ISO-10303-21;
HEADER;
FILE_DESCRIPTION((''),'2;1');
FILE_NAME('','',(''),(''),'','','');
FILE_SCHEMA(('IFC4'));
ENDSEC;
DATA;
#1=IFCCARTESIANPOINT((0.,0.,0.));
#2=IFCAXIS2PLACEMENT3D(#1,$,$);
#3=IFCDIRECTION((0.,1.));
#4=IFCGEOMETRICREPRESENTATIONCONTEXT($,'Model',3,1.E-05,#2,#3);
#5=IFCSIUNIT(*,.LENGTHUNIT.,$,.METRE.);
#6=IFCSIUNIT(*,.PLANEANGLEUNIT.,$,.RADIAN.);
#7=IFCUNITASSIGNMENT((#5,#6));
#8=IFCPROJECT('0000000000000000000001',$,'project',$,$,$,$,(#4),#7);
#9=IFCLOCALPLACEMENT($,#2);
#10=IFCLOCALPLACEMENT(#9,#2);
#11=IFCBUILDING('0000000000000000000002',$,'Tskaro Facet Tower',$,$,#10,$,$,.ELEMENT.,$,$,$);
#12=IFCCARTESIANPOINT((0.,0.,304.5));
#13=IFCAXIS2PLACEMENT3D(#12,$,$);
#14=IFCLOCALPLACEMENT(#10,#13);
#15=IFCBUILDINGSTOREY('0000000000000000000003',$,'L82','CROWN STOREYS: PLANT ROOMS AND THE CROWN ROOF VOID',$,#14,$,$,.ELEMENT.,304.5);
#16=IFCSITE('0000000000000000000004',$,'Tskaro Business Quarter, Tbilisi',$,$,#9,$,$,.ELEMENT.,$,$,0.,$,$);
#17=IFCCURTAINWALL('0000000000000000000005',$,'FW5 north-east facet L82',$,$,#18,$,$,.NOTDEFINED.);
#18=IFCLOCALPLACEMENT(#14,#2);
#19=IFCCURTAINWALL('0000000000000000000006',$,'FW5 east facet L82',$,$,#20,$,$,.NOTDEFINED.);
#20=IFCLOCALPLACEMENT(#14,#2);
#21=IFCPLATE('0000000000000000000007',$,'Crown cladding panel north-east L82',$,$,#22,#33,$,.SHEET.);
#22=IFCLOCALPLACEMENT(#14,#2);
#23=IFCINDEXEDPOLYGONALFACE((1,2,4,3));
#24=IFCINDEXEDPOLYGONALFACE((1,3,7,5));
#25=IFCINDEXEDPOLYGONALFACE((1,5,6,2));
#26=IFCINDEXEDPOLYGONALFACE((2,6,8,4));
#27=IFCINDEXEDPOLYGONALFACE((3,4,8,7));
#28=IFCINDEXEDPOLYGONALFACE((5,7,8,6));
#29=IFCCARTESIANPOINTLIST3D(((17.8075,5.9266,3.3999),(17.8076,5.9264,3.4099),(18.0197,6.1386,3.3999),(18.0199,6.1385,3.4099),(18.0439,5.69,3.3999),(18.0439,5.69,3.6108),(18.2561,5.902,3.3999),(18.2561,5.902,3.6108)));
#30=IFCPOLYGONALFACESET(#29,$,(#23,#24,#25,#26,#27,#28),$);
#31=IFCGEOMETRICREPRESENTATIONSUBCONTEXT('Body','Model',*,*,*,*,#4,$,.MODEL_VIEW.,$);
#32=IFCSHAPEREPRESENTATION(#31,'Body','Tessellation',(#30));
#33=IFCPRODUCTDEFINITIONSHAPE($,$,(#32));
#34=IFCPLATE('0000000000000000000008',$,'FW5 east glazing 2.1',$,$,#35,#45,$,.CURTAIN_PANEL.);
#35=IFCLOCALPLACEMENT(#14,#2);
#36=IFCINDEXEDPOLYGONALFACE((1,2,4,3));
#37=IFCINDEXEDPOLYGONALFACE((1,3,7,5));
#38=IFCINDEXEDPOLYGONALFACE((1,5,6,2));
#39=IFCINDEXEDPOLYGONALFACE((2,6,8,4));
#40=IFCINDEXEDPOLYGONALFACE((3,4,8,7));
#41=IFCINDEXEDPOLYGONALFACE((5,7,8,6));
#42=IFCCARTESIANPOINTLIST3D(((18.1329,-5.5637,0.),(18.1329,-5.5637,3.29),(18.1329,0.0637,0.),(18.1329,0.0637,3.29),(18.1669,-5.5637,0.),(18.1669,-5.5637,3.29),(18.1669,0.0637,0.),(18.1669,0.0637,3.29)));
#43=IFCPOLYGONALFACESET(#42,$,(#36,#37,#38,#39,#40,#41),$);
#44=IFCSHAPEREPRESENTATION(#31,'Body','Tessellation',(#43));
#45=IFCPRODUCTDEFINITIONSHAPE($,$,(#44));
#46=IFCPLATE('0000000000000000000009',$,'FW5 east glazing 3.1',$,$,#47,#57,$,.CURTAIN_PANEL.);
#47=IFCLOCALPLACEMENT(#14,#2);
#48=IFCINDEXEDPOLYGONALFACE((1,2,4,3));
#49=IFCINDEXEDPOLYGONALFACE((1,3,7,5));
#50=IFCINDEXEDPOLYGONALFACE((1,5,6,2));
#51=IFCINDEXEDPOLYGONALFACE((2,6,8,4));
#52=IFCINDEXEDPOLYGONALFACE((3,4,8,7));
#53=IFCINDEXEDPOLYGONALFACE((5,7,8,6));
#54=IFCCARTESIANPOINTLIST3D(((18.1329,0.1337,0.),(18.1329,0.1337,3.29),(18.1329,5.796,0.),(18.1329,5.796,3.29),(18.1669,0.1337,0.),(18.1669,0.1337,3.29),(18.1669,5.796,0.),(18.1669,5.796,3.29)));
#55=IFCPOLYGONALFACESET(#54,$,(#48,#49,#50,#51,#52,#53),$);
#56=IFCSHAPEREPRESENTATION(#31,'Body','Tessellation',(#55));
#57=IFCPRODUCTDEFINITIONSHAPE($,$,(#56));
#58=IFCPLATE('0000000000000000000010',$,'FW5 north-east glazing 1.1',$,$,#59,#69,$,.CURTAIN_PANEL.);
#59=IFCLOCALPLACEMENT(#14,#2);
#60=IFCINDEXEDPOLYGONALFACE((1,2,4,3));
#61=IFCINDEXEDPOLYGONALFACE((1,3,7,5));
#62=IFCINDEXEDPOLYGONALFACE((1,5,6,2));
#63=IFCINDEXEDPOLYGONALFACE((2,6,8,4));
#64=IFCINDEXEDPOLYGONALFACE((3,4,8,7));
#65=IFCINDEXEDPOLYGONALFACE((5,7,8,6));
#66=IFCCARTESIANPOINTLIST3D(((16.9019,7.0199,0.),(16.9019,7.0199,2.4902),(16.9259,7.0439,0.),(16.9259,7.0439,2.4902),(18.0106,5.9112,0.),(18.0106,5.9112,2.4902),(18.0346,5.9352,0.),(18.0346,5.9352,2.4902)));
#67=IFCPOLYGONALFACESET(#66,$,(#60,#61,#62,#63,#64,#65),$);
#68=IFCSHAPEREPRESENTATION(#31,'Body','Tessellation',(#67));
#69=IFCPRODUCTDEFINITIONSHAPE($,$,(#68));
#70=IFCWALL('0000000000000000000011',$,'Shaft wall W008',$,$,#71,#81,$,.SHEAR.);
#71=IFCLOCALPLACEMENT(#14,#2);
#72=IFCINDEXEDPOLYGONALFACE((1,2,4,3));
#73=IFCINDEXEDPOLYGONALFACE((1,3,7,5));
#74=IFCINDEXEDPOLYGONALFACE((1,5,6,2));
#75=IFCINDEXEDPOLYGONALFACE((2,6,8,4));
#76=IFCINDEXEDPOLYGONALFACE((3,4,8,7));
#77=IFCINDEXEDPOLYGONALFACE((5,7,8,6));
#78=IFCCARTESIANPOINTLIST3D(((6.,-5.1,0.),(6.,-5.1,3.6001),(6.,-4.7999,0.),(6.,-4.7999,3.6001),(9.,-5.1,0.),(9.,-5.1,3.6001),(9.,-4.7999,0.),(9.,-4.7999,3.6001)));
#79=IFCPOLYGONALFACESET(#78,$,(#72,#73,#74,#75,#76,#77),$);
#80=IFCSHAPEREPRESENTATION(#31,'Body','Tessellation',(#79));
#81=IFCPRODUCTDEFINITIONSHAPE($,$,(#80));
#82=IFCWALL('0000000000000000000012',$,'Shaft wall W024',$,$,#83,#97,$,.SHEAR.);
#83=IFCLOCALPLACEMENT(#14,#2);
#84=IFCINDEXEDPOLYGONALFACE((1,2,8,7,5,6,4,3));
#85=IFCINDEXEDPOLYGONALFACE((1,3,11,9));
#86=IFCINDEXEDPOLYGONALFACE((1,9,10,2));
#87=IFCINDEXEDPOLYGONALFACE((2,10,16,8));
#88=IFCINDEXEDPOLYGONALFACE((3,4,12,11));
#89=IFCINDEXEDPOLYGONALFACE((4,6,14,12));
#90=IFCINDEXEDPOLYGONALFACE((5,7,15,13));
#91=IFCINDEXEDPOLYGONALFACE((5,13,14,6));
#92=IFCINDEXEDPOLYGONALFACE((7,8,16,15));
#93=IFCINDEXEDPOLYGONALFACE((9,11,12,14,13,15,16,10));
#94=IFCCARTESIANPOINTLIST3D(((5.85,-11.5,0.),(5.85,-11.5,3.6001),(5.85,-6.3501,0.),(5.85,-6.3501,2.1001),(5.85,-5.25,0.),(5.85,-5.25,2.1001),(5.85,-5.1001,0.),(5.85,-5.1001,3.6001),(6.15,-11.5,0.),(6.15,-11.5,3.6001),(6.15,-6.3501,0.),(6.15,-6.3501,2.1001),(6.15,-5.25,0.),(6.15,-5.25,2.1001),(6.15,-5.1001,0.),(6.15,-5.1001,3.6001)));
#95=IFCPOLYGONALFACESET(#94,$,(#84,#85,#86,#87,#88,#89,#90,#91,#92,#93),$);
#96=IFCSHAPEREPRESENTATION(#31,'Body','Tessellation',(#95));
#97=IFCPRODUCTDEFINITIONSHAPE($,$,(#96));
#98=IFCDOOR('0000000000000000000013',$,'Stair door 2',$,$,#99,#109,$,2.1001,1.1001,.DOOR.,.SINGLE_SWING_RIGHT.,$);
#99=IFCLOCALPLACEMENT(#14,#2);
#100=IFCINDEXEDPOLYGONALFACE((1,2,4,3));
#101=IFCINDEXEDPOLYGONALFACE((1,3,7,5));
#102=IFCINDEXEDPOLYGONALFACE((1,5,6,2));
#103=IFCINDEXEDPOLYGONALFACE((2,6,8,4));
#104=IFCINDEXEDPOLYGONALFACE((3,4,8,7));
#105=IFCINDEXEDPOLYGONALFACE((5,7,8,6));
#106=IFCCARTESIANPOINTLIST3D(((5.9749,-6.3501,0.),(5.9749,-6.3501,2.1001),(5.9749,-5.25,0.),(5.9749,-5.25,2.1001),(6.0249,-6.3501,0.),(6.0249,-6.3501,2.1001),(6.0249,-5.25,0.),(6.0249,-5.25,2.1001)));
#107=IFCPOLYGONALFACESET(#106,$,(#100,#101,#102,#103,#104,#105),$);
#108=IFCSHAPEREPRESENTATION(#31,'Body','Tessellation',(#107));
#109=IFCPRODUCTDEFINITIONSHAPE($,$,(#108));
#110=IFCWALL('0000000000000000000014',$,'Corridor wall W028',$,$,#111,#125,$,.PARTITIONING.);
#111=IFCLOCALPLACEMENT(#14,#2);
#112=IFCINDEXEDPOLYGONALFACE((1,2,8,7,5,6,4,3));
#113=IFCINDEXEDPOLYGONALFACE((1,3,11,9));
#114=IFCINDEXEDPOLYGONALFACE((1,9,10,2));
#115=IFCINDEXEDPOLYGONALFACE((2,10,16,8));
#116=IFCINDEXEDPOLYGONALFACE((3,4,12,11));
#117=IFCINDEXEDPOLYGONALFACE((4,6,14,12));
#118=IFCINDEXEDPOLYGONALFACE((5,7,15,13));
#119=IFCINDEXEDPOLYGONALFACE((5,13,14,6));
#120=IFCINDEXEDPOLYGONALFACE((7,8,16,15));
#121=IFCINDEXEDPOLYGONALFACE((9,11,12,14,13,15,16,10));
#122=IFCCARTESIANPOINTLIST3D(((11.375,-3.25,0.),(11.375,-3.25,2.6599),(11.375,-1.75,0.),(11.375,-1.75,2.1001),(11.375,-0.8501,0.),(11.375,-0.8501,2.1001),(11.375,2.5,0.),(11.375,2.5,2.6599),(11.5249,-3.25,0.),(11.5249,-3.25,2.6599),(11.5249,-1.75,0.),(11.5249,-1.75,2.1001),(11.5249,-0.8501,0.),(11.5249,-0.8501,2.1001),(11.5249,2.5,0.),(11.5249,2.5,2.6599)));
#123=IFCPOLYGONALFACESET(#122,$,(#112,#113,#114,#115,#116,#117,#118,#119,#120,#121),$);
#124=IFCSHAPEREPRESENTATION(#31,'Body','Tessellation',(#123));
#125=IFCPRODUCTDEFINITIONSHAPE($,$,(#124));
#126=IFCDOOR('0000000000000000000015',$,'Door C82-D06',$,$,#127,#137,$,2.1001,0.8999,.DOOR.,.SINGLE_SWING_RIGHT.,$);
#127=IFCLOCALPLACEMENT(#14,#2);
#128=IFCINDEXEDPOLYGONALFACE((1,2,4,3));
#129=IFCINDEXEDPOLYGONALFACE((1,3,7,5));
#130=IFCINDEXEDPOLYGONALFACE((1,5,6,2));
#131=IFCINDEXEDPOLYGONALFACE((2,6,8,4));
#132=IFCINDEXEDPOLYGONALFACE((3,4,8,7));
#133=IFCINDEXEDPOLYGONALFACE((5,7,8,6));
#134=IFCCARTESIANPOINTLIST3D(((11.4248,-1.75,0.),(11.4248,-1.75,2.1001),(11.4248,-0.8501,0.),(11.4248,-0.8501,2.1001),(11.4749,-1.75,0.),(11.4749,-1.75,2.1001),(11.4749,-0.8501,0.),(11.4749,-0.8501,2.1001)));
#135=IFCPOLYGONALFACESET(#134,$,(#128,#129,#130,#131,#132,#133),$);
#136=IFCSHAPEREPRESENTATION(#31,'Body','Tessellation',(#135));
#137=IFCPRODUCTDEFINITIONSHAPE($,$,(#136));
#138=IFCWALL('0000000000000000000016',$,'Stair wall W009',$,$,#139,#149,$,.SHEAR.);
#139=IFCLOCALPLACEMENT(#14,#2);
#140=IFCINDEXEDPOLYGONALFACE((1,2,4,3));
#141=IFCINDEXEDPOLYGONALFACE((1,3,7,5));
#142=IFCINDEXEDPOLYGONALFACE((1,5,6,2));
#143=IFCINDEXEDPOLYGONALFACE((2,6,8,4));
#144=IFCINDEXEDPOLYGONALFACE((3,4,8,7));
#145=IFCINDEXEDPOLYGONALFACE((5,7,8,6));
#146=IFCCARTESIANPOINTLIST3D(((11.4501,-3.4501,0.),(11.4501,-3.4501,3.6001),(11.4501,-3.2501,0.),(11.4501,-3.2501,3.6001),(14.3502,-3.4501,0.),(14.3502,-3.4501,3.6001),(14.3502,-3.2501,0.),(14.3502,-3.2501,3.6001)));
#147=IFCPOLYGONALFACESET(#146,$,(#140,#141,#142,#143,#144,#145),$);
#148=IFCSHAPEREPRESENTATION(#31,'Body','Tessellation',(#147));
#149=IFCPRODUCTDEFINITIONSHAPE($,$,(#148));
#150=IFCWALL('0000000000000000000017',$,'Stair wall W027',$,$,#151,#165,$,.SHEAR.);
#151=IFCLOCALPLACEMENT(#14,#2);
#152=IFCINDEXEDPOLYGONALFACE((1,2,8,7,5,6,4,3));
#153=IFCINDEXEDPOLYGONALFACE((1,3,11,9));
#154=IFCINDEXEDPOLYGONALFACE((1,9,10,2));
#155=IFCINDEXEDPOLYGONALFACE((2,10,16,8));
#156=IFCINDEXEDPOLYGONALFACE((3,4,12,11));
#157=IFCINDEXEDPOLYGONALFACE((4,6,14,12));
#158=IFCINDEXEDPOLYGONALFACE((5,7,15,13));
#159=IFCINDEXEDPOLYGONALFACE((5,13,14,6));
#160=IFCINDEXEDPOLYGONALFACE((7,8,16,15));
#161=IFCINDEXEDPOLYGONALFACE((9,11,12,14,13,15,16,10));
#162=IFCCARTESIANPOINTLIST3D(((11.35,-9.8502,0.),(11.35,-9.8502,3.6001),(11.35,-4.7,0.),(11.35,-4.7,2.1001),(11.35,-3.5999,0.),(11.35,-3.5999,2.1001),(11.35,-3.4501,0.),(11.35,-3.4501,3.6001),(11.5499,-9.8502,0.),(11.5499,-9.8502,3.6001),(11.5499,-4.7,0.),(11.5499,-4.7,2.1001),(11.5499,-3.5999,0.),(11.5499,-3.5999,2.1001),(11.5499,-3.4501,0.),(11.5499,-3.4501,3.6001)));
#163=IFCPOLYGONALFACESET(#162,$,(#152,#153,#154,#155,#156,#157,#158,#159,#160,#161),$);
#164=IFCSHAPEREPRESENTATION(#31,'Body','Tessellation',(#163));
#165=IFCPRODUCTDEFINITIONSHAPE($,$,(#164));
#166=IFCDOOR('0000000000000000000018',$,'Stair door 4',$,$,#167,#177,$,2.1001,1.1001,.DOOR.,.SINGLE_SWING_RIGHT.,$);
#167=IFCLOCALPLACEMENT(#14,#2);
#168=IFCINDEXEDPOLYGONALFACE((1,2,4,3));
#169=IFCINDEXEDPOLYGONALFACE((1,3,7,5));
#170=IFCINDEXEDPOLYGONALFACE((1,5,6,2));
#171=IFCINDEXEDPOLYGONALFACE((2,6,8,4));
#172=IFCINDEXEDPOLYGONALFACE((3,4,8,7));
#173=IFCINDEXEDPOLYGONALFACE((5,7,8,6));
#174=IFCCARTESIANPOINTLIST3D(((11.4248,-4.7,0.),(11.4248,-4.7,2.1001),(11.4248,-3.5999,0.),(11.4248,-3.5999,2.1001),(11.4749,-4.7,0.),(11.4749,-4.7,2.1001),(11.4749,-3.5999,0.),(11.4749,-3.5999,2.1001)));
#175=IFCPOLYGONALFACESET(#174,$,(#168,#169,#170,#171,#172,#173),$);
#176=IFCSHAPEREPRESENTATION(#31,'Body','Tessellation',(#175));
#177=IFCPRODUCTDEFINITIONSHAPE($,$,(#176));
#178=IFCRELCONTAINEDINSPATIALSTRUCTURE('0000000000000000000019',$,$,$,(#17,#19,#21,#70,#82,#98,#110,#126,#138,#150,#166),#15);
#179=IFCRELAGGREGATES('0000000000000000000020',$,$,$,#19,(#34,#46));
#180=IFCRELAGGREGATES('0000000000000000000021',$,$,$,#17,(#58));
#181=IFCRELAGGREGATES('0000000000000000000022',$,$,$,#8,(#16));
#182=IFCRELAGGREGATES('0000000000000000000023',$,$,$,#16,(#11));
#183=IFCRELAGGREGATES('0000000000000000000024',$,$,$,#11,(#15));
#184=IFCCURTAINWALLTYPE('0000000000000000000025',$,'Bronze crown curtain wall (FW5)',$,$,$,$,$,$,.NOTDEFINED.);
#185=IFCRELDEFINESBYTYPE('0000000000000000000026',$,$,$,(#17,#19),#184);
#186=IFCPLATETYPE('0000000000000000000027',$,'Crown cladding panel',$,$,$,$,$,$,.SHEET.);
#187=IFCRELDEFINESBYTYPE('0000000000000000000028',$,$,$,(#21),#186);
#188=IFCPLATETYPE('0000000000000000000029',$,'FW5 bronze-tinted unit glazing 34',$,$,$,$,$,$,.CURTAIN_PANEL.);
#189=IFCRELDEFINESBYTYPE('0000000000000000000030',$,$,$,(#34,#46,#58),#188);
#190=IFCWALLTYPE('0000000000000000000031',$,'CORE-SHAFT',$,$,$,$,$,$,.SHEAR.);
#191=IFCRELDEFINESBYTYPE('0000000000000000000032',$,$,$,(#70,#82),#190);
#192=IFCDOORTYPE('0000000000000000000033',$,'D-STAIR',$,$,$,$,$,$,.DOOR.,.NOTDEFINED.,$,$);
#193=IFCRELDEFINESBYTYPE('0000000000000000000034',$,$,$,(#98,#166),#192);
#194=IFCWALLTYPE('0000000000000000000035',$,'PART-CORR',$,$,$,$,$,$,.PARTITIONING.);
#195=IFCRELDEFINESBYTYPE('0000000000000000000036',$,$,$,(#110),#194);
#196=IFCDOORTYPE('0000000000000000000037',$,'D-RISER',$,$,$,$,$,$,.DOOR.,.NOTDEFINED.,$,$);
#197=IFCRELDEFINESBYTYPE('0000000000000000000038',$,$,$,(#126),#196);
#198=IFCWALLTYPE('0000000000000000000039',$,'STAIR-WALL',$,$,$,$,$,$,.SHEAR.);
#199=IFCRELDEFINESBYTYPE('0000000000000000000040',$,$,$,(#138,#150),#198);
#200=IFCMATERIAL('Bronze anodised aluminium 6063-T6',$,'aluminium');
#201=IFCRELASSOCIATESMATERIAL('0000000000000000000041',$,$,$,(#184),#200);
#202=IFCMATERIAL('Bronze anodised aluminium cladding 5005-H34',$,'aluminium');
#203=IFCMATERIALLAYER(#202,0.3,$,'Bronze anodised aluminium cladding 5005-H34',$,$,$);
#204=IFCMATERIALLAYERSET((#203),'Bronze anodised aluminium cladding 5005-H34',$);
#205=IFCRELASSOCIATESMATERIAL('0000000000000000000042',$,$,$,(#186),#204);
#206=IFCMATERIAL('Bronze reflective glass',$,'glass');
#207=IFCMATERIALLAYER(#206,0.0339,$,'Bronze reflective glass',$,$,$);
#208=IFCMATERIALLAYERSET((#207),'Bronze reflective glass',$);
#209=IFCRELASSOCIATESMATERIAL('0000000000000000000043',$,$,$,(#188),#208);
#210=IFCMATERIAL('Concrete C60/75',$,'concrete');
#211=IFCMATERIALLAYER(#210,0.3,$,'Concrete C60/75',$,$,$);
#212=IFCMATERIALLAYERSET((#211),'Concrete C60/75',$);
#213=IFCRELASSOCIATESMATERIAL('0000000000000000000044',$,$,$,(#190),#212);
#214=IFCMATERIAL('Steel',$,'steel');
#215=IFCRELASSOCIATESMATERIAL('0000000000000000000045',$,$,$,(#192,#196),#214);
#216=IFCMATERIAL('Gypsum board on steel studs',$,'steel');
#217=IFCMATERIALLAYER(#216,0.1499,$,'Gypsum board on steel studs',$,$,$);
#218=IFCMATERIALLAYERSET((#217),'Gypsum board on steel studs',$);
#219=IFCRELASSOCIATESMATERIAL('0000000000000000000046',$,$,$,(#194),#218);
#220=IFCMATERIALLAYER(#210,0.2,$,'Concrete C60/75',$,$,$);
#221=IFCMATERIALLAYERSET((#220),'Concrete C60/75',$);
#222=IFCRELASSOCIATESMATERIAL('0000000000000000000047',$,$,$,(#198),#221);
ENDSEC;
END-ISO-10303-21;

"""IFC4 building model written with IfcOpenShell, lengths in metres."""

from ifc_helpers import new_model, si_unit, direction, frame, frame_2d, origin, origin_2d, place, context, subcontext, project, spatial, polyline, rectangle, outline, extrude, material, layer, layer_set, type_object, element, fill, aggregate, save


model = new_model("IFC4")

# Units and contexts
model_context = context("Model", 3, precision=1e-05, world=origin(), true_north=direction((0.0, 1.0)))
body_context = subcontext(model_context, "Body", "Model", "MODEL_VIEW")
ifc_project = project(units=[si_unit("LENGTHUNIT", "METRE"), si_unit("PLANEANGLEUNIT", "RADIAN")], contexts=[model_context])

# Site, building, storey
site_placement = place(None, origin())
site = spatial("IfcSite", under=ifc_project, at=site_placement, Name="Tskaro Business Quarter, Tbilisi", CompositionType="ELEMENT", RefElevation=0.0)
building_placement = place(site_placement, origin())
building = spatial("IfcBuilding", under=site, at=building_placement, Name="Tskaro Facet Tower", CompositionType="ELEMENT")
storey_placement = place(building_placement, frame((0.0, 0.0, 304.5)))
storey = spatial("IfcBuildingStorey", under=building, at=storey_placement, Name="L82", Description="CROWN STOREYS: PLANT ROOMS AND THE CROWN ROOF VOID", CompositionType="ELEMENT", Elevation=304.5)

# Curtain wall
ifc_material_1 = material(Name="Bronze anodised aluminium 6063-T6", Category="aluminium")
curtain_wall_type = type_object("IfcCurtainWallType", Name="Bronze crown curtain wall (FW5)", PredefinedType="NOTDEFINED", material=ifc_material_1)
curtain_wall_1_placement = place(storey_placement, origin())
curtain_wall_1 = element("IfcCurtainWall", 1, at=curtain_wall_1_placement, inside=storey, type_object=curtain_wall_type, Name="FW5 north-east facet L82", PredefinedType="NOTDEFINED")

# Curtain wall
curtain_wall_2_placement = place(storey_placement, origin())
curtain_wall_2 = element("IfcCurtainWall", 2, at=curtain_wall_2_placement, inside=storey, type_object=curtain_wall_type, Name="FW5 east facet L82", PredefinedType="NOTDEFINED")

# Plate
ifc_material_2 = material(Name="Bronze anodised aluminium cladding 5005-H34", Category="aluminium")
ifc_layer_1 = layer(ifc_material_2, 0.3, Name="Bronze anodised aluminium cladding 5005-H34")
ifc_layer_set_1 = layer_set([ifc_layer_1], Name="Bronze anodised aluminium cladding 5005-H34")
plate_type_1 = type_object("IfcPlateType", Name="Crown cladding panel", PredefinedType="SHEET", material=ifc_layer_set_1)
plate_1_placement = place(storey_placement, frame((18.1499, 5.7959, 3.3999), z_axis=(0.0, 0.0, 1.0), x_axis=(-0.706742, 0.707472, 0.0)))
element("IfcPlate", 3, at=plate_1_placement, inside=storey, type_object=plate_type_1, Name="Crown cladding panel north-east L82", PredefinedType="SHEET", context=body_context, shape_type="SweptSolid", body=[
    extrude(outline(polyline([(0.0, 0.0), (0.3345, 0.0), (0.3342, 0.01), (0.0, 0.2109), (0.0, 0.0)])), frame((0.0, 0.1499, 0.0), z_axis=(0.0, -1.0, 0.0), x_axis=(1.0, 0.0, 0.0)), (0.0, 0.0, 1.0), 0.3),
])

# Plates
ifc_material_3 = material(Name="Bronze reflective glass", Category="glass")
ifc_layer_2 = layer(ifc_material_3, 0.0339, Name="Bronze reflective glass")
ifc_layer_set_2 = layer_set([ifc_layer_2], Name="Bronze reflective glass")
plate_type_2 = type_object("IfcPlateType", Name="FW5 bronze-tinted unit glazing 34", PredefinedType="CURTAIN_PANEL", material=ifc_layer_set_2)
plate_2_placement = place(storey_placement, frame((18.1499, -2.75, 0.0), z_axis=(0.0, 0.0, 1.0), x_axis=(0.0, 1.0, 0.0)))
plate_2 = element("IfcPlate", 4, at=plate_2_placement, type_object=plate_type_2, Name="FW5 east glazing 2.1", PredefinedType="CURTAIN_PANEL", context=body_context, shape_type="SweptSolid", body=[
    extrude(rectangle(XDim=5.6274, YDim=0.0339, at=origin_2d()), origin(), (0.0, 0.0, 1.0), 3.29),
])
plate_3_placement = place(storey_placement, frame((18.1499, 2.9648, 0.0), z_axis=(0.0, 0.0, 1.0), x_axis=(0.0, 1.0, 0.0)))
plate_3 = element("IfcPlate", 5, at=plate_3_placement, type_object=plate_type_2, Name="FW5 east glazing 3.1", PredefinedType="CURTAIN_PANEL", context=body_context, shape_type="SweptSolid", body=[
    extrude(rectangle(XDim=5.6624, YDim=0.0339, at=origin_2d()), origin(), (0.0, 0.0, 1.0), 3.29),
])
aggregate(curtain_wall_2, [plate_2, plate_3])
plate_4_placement = place(storey_placement, frame((17.4683, 6.4775, 0.0), z_axis=(0.0, 0.0, 1.0), x_axis=(-0.707107, 0.707107, 0.0)))
plate_4 = element("IfcPlate", 6, at=plate_4_placement, type_object=plate_type_2, Name="FW5 north-east glazing 1.1", PredefinedType="CURTAIN_PANEL", context=body_context, shape_type="SweptSolid", body=[
    extrude(rectangle(XDim=1.5679, YDim=0.0339, at=origin_2d()), origin(), (0.0, 0.0, 1.0), 2.4902),
])
aggregate(curtain_wall_1, [plate_4])

# Wall
ifc_material_4 = material(Name="Concrete C60/75", Category="concrete")
ifc_layer_3 = layer(ifc_material_4, 0.3, Name="Concrete C60/75")
ifc_layer_set_3 = layer_set([ifc_layer_3], Name="Concrete C60/75")
wall_type_1 = type_object("IfcWallType", Name="CORE-SHAFT", PredefinedType="SHEAR", material=ifc_layer_set_3)
wall_1_placement = place(storey_placement, frame((6.0, -4.95, 0.0), z_axis=(0.0, 0.0, 1.0), x_axis=(1.0, 0.0, 0.0)))
element("IfcWall", 7, at=wall_1_placement, inside=storey, type_object=wall_type_1, Name="Shaft wall W008", PredefinedType="SHEAR", context=body_context, shape_type="SweptSolid", body=[
    extrude(rectangle(XDim=3.0, YDim=0.3, at=frame_2d((1.5, 0.0))), origin(), (0.0, 0.0, 1.0), 3.6001),
])

# Walls, openings, doors
wall_2_placement = place(storey_placement, frame((6.0, -5.1001, 0.0), z_axis=(0.0, 0.0, 1.0), x_axis=(0.0, -1.0, 0.0)))
wall_2 = element("IfcWall", 8, at=wall_2_placement, inside=storey, type_object=wall_type_1, Name="Shaft wall W024", PredefinedType="SHEAR", context=body_context, shape_type="SweptSolid", body=[
    extrude(rectangle(XDim=6.3999, YDim=0.3, at=frame_2d((3.2, 0.0))), origin(), (0.0, 0.0, 1.0), 3.6001),
])
opening_1_placement = place(wall_2_placement, frame((0.1499, 0.0, 0.0)))
opening_1 = element("IfcOpeningElement", 9, at=opening_1_placement, cuts=wall_2, PredefinedType="OPENING", context=body_context, shape_type="SweptSolid", body=[
    extrude(rectangle(XDim=1.1001, YDim=2.1001, at=frame_2d((0.55, 1.05))), frame((0.0, 0.1599, 0.0), z_axis=(0.0, -1.0, 0.0), x_axis=(1.0, 0.0, 0.0)), (0.0, 0.0, 1.0), 0.3201),
])
ifc_material_5 = material(Name="Steel", Category="steel")
door_type_1 = type_object("IfcDoorType", Name="D-STAIR", OperationType="NOTDEFINED", PredefinedType="DOOR", material=ifc_material_5)
door_1_placement = place(opening_1_placement, origin())
door_1 = element("IfcDoor", 10, at=door_1_placement, inside=storey, type_object=door_type_1, Name="Stair door 2", OperationType="SINGLE_SWING_RIGHT", OverallHeight=2.1001, OverallWidth=1.1001, PredefinedType="DOOR", context=body_context, shape_type="SweptSolid", body=[
    extrude(rectangle(XDim=1.1001, YDim=2.1001, at=frame_2d((0.55, 1.05))), frame((0.0, 0.0249, 0.0), z_axis=(0.0, -1.0, 0.0), x_axis=(1.0, 0.0, 0.0)), (0.0, 0.0, 1.0), 0.05),
])
fill(opening_1, door_1)
ifc_material_6 = material(Name="Gypsum board on steel studs", Category="steel")
ifc_layer_4 = layer(ifc_material_6, 0.1499, Name="Gypsum board on steel studs")
ifc_layer_set_4 = layer_set([ifc_layer_4], Name="Gypsum board on steel studs")
wall_type_2 = type_object("IfcWallType", Name="PART-CORR", PredefinedType="PARTITIONING", material=ifc_layer_set_4)
wall_3_placement = place(storey_placement, frame((11.45, 2.5, 0.0), z_axis=(0.0, 0.0, 1.0), x_axis=(0.0, -1.0, 0.0)))
wall_3 = element("IfcWall", 11, at=wall_3_placement, inside=storey, type_object=wall_type_2, Name="Corridor wall W028", PredefinedType="PARTITIONING", context=body_context, shape_type="SweptSolid", body=[
    extrude(rectangle(XDim=5.75, YDim=0.1499, at=frame_2d((2.875, 0.0))), origin(), (0.0, 0.0, 1.0), 2.6599),
])
opening_2_placement = place(wall_3_placement, frame((3.3501, 0.0, 0.0)))
opening_2 = element("IfcOpeningElement", 12, at=opening_2_placement, cuts=wall_3, PredefinedType="OPENING", context=body_context, shape_type="SweptSolid", body=[
    extrude(rectangle(XDim=0.8999, YDim=2.1001, at=frame_2d((0.45, 1.05))), frame((0.0, 0.085, 0.0), z_axis=(0.0, -1.0, 0.0), x_axis=(1.0, 0.0, 0.0)), (0.0, 0.0, 1.0), 0.1699),
])
door_type_2 = type_object("IfcDoorType", Name="D-RISER", OperationType="NOTDEFINED", PredefinedType="DOOR", material=ifc_material_5)
door_2_placement = place(opening_2_placement, origin())
door_2 = element("IfcDoor", 13, at=door_2_placement, inside=storey, type_object=door_type_2, Name="Door C82-D06", OperationType="SINGLE_SWING_RIGHT", OverallHeight=2.1001, OverallWidth=0.8999, PredefinedType="DOOR", context=body_context, shape_type="SweptSolid", body=[
    extrude(rectangle(XDim=0.8999, YDim=2.1001, at=frame_2d((0.45, 1.05))), frame((0.0, 0.0249, 0.0), z_axis=(0.0, -1.0, 0.0), x_axis=(1.0, 0.0, 0.0)), (0.0, 0.0, 1.0), 0.05),
])
fill(opening_2, door_2)

# Wall
ifc_layer_5 = layer(ifc_material_4, 0.2, Name="Concrete C60/75")
ifc_layer_set_5 = layer_set([ifc_layer_5], Name="Concrete C60/75")
wall_type_3 = type_object("IfcWallType", Name="STAIR-WALL", PredefinedType="SHEAR", material=ifc_layer_set_5)
wall_4_placement = place(storey_placement, frame((11.45, -3.3501, 0.0), z_axis=(0.0, 0.0, 1.0), x_axis=(1.0, 0.0, 0.0)))
element("IfcWall", 14, at=wall_4_placement, inside=storey, type_object=wall_type_3, Name="Stair wall W009", PredefinedType="SHEAR", context=body_context, shape_type="SweptSolid", body=[
    extrude(rectangle(XDim=2.9001, YDim=0.2, at=frame_2d((1.4502, 0.0))), origin(), (0.0, 0.0, 1.0), 3.6001),
])

# Wall, opening, door
wall_5_placement = place(storey_placement, frame((11.45, -3.45, 0.0), z_axis=(0.0, 0.0, 1.0), x_axis=(0.0, -1.0, 0.0)))
wall_5 = element("IfcWall", 15, at=wall_5_placement, inside=storey, type_object=wall_type_3, Name="Stair wall W027", PredefinedType="SHEAR", context=body_context, shape_type="SweptSolid", body=[
    extrude(rectangle(XDim=6.4001, YDim=0.2, at=frame_2d((3.2002, 0.0))), origin(), (0.0, 0.0, 1.0), 3.6001),
])
opening_3_placement = place(wall_5_placement, frame((0.1499, 0.0, 0.0)))
opening_3 = element("IfcOpeningElement", 16, at=opening_3_placement, cuts=wall_5, PredefinedType="OPENING", context=body_context, shape_type="SweptSolid", body=[
    extrude(rectangle(XDim=1.1001, YDim=2.1001, at=frame_2d((0.55, 1.05))), frame((0.0, 0.1099, 0.0), z_axis=(0.0, -1.0, 0.0), x_axis=(1.0, 0.0, 0.0)), (0.0, 0.0, 1.0), 0.22),
])
door_3_placement = place(opening_3_placement, origin())
door_3 = element("IfcDoor", 17, at=door_3_placement, inside=storey, type_object=door_type_1, Name="Stair door 4", OperationType="SINGLE_SWING_RIGHT", OverallHeight=2.1001, OverallWidth=1.1001, PredefinedType="DOOR", context=body_context, shape_type="SweptSolid", body=[
    extrude(rectangle(XDim=1.1001, YDim=2.1001, at=frame_2d((0.55, 1.05))), frame((0.0, 0.0249, 0.0), z_axis=(0.0, -1.0, 0.0), x_axis=(1.0, 0.0, 0.0)), (0.0, 0.0, 1.0), 0.05),
])
fill(opening_3, door_3)

save(model, "model.ifc")
